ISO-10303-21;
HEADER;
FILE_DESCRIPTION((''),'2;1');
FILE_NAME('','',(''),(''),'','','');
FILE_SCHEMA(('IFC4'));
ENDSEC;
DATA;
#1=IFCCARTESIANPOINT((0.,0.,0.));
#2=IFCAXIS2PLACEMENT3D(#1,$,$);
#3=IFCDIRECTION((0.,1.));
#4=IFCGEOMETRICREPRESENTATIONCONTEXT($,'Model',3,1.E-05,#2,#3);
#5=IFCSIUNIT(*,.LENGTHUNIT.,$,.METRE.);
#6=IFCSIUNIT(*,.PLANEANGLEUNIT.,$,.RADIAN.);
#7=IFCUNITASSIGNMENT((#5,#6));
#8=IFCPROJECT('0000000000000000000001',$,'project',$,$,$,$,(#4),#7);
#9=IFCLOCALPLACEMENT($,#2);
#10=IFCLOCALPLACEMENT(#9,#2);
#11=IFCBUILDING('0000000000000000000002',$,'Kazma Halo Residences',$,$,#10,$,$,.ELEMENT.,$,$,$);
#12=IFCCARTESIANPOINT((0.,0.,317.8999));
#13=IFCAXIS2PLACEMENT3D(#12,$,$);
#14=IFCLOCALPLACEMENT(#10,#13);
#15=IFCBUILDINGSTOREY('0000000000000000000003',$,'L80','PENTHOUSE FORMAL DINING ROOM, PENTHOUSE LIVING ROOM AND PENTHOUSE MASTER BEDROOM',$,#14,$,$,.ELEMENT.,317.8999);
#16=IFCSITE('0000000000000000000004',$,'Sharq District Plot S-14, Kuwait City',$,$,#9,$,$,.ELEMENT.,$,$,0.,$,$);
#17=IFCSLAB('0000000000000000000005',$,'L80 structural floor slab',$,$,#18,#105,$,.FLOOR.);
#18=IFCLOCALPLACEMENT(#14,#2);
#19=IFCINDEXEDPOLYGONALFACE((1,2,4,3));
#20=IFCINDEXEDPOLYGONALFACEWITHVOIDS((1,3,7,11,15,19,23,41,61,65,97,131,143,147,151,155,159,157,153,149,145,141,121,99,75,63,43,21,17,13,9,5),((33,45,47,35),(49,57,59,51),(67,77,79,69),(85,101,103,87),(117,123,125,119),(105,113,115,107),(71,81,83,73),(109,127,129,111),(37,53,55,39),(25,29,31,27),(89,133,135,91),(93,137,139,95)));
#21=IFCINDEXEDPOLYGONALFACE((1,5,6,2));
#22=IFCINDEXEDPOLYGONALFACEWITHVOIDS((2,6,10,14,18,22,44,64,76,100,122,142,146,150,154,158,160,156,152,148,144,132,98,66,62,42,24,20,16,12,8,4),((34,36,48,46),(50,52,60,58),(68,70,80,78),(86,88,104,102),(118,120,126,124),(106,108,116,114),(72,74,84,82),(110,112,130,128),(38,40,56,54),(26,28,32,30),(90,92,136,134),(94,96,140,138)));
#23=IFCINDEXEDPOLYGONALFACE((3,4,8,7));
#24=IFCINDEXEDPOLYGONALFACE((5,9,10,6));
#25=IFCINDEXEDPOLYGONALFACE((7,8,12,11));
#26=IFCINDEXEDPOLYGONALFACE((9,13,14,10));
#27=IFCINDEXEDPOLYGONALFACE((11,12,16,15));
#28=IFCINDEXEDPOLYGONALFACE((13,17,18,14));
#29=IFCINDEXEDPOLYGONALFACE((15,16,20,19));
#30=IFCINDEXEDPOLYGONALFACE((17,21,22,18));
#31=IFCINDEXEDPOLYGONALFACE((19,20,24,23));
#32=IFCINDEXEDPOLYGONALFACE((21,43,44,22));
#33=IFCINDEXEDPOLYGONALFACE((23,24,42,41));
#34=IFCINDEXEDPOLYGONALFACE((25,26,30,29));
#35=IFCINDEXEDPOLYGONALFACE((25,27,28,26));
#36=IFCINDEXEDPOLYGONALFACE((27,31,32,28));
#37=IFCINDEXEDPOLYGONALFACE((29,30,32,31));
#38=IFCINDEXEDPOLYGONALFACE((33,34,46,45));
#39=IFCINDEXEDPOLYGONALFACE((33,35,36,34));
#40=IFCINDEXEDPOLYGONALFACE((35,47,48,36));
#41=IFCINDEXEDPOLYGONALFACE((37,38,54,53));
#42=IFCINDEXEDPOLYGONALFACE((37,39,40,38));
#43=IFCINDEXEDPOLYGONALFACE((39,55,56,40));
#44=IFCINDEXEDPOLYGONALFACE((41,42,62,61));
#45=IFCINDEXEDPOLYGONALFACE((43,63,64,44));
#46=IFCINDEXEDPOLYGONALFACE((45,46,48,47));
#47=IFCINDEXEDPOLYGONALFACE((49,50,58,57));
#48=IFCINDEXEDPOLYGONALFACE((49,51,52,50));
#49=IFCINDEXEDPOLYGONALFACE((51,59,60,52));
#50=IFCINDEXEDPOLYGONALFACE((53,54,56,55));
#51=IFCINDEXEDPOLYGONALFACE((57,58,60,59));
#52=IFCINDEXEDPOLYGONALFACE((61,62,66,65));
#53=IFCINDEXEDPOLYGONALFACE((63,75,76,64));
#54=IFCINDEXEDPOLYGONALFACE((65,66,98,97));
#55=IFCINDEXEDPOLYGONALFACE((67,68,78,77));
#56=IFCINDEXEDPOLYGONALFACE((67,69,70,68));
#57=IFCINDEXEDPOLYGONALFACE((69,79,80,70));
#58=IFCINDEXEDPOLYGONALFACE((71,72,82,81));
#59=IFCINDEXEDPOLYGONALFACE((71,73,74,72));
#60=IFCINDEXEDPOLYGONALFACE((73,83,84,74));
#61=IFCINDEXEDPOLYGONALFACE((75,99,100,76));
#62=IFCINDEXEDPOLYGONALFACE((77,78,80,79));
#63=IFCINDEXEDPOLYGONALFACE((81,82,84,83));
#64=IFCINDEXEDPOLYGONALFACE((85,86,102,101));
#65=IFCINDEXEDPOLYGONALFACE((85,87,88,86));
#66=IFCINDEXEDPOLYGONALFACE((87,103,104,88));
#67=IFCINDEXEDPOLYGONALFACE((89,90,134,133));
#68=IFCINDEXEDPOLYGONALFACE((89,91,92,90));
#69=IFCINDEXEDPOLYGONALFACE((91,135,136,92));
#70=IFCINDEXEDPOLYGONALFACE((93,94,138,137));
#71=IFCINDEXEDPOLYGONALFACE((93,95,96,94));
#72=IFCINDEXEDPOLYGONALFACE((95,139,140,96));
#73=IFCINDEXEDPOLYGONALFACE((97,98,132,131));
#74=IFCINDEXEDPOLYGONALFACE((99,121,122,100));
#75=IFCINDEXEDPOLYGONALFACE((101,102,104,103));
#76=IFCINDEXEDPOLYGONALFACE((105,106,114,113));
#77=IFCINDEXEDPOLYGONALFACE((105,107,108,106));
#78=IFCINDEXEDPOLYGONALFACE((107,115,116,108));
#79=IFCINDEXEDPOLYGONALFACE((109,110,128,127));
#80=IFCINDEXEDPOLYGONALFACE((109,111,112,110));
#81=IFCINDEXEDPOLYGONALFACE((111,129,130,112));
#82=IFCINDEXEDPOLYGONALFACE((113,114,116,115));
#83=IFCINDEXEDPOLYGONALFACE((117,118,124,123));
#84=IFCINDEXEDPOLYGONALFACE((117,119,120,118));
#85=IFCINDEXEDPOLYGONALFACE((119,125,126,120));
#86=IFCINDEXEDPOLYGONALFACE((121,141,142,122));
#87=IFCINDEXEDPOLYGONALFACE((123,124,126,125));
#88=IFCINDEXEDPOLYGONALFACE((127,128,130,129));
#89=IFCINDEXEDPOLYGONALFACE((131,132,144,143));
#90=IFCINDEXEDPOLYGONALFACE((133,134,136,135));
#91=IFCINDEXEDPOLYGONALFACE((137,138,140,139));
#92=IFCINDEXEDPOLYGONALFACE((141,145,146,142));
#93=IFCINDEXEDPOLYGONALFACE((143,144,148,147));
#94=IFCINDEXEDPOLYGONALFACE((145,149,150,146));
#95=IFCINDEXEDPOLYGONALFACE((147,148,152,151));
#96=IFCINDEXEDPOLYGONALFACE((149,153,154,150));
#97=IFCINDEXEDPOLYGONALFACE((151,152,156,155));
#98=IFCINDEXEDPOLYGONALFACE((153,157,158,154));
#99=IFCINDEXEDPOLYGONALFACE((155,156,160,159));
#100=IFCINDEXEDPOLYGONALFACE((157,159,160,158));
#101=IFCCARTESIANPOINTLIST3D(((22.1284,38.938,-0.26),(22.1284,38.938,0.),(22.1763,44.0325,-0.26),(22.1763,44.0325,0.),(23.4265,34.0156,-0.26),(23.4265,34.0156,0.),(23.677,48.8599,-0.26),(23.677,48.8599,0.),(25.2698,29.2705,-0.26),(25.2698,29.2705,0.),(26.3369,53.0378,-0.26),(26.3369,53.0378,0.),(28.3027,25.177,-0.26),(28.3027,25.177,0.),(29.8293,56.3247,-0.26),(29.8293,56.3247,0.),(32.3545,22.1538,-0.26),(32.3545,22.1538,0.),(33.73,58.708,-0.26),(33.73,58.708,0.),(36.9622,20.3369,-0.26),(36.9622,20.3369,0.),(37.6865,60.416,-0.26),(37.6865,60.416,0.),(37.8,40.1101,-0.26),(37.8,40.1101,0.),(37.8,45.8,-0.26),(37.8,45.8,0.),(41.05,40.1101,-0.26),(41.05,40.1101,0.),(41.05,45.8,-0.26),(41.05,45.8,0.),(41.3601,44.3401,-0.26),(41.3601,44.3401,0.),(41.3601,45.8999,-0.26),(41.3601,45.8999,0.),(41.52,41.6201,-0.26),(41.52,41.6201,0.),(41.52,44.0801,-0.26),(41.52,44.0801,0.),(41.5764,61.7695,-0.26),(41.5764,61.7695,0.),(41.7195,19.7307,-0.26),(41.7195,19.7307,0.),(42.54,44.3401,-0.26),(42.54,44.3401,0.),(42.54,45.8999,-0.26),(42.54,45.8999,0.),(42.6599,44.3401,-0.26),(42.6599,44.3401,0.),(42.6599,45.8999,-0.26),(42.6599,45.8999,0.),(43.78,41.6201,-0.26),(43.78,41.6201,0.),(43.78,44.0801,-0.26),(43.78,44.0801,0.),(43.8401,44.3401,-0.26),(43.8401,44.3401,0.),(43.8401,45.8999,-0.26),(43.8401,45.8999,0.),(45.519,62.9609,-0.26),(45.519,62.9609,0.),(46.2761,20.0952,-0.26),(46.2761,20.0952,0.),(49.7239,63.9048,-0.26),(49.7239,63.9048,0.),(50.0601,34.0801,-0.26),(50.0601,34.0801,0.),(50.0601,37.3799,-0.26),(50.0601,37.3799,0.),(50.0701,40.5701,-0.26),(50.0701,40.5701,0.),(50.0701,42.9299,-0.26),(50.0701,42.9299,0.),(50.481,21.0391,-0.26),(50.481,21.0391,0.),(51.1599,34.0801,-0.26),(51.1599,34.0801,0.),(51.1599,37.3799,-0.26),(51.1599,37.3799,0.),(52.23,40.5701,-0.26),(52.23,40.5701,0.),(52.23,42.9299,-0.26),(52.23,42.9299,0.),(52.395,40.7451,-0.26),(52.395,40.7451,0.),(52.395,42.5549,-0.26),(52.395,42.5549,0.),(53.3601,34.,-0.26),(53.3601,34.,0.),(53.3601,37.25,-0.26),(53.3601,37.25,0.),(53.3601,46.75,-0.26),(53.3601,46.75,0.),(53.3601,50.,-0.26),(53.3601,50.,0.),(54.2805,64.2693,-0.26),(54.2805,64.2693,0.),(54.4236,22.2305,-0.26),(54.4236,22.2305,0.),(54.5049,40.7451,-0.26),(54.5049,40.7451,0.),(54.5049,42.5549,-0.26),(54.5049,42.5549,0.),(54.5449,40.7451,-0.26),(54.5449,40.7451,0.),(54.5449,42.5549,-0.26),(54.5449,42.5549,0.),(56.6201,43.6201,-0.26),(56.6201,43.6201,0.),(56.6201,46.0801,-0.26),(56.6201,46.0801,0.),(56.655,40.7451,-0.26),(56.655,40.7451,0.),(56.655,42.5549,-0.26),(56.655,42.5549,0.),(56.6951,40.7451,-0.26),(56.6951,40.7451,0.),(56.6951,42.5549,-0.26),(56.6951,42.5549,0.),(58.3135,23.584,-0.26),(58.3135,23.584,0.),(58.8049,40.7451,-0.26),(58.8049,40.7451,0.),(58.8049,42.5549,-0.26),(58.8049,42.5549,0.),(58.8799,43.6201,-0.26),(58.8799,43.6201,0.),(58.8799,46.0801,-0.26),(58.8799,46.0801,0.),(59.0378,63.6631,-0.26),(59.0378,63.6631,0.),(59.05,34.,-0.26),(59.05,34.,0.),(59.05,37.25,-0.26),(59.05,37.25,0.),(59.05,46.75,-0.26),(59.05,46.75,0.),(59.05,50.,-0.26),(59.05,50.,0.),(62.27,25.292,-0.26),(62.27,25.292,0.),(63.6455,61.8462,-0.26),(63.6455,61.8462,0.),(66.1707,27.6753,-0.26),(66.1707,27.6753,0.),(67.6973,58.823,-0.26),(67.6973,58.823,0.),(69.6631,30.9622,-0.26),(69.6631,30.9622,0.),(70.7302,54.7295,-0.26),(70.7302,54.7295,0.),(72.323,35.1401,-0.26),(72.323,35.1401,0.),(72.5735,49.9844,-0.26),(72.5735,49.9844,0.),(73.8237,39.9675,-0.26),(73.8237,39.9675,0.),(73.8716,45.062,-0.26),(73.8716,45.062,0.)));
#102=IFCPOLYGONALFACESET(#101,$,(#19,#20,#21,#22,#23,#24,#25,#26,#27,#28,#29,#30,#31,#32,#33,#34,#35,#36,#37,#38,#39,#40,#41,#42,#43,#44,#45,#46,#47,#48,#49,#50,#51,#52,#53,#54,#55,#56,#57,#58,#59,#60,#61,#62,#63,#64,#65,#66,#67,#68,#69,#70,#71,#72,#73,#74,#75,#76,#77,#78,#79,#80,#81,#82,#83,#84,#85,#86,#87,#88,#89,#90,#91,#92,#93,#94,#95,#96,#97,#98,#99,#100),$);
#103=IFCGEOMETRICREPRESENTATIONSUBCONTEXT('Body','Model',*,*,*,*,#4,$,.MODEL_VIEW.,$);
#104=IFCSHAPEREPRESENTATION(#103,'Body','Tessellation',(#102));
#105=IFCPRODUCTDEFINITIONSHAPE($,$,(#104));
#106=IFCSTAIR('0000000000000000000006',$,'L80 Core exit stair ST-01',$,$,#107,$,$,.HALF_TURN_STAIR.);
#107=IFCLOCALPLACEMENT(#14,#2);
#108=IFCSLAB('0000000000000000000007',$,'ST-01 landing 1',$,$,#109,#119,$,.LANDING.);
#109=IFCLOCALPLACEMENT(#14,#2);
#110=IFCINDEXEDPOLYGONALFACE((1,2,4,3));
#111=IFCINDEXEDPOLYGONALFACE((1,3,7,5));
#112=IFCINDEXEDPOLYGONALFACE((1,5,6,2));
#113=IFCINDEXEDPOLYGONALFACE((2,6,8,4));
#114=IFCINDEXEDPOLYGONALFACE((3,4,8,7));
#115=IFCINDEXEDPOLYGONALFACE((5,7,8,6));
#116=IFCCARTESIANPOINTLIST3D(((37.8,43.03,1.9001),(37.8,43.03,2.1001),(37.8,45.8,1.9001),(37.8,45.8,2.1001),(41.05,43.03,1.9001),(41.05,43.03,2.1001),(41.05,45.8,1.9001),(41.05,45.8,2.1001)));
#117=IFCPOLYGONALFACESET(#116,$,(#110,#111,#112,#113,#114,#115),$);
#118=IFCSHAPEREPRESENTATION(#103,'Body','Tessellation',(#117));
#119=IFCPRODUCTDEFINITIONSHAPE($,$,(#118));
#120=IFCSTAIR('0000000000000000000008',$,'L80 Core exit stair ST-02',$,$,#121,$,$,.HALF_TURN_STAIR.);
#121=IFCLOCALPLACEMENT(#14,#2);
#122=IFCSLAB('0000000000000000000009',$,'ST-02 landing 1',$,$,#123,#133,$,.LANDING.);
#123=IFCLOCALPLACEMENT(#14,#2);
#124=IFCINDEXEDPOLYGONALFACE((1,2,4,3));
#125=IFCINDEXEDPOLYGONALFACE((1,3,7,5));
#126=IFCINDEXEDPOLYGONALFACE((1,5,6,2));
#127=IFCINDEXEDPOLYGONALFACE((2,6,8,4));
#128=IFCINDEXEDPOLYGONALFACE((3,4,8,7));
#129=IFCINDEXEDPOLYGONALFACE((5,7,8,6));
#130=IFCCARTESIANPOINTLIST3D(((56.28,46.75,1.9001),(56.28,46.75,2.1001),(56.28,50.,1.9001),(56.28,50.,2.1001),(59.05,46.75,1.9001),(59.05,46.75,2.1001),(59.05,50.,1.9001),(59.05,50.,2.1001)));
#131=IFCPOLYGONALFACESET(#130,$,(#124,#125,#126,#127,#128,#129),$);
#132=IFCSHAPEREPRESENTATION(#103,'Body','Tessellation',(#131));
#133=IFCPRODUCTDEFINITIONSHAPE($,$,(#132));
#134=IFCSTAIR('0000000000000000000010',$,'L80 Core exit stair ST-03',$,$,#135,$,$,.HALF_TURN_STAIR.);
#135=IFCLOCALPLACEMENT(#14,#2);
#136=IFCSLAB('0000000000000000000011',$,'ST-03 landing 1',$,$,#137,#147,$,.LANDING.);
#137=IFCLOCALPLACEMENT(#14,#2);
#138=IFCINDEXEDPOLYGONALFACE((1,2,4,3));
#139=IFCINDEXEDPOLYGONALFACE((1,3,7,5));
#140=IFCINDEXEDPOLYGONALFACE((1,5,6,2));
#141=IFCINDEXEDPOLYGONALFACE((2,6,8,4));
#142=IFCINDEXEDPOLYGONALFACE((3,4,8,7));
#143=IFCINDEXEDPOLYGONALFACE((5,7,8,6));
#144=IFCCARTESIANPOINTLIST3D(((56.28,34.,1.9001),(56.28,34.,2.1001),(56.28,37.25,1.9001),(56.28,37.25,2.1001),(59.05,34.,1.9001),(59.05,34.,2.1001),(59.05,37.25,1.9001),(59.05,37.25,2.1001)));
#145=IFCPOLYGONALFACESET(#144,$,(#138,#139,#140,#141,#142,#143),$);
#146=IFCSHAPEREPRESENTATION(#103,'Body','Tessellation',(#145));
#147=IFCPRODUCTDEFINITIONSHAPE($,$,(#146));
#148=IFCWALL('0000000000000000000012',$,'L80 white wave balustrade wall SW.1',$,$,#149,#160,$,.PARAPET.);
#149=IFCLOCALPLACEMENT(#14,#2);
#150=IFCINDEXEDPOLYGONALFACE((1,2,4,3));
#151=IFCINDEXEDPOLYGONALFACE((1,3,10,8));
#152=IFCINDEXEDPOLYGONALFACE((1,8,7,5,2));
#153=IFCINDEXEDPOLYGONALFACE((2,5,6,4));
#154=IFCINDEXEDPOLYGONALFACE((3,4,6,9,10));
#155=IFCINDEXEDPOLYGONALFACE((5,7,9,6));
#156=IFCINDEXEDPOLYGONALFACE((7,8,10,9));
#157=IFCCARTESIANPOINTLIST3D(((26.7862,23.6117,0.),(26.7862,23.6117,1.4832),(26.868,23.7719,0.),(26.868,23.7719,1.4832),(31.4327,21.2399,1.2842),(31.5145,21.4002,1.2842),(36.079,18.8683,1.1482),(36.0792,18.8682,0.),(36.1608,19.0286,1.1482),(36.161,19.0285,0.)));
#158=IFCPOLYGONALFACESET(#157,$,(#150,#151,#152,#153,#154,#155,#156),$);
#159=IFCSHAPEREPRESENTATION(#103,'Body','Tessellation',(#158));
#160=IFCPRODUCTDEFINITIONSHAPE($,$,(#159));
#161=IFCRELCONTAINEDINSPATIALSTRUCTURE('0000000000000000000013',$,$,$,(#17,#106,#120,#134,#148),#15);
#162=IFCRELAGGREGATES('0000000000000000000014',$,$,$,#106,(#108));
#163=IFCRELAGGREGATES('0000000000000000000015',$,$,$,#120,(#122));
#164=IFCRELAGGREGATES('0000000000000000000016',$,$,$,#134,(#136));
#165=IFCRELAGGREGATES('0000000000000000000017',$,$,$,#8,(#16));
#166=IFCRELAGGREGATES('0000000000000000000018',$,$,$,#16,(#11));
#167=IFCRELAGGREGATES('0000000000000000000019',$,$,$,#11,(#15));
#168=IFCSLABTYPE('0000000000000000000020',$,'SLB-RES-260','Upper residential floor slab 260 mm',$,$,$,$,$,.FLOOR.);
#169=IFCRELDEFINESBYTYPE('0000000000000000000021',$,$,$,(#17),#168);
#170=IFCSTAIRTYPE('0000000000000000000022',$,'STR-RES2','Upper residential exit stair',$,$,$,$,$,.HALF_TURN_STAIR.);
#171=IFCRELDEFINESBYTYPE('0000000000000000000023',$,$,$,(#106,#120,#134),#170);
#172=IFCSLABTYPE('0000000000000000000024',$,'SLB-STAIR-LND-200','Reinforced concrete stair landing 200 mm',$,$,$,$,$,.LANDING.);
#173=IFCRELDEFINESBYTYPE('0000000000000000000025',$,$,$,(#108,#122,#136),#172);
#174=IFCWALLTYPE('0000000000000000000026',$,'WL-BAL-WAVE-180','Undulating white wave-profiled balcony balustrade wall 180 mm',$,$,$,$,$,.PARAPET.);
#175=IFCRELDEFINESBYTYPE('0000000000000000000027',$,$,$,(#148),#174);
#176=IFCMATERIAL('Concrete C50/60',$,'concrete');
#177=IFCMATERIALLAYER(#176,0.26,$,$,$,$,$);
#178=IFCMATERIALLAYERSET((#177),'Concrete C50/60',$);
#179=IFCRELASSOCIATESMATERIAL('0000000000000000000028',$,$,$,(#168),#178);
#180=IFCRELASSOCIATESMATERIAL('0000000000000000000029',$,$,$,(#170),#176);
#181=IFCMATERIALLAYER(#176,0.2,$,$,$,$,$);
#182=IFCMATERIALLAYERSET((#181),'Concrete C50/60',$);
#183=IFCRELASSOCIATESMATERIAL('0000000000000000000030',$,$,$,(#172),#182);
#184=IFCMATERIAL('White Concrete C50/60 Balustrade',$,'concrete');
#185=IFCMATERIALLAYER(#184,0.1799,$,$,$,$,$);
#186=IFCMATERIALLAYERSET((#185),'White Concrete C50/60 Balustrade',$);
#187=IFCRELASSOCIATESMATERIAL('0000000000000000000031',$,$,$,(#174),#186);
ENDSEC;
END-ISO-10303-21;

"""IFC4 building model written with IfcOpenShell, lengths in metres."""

from ifc_helpers import new_model, si_unit, direction, frame, origin, place, context, subcontext, project, spatial, polyline, outline, extrude, material, layer, layer_set, type_object, element, aggregate, save


model = new_model("IFC4")

# Units and contexts
model_context = context("Model", 3, precision=1e-05, world=origin(), true_north=direction((0.0, 1.0)))
body_context = subcontext(model_context, "Body", "Model", "MODEL_VIEW")
ifc_project = project(units=[si_unit("LENGTHUNIT", "METRE"), si_unit("PLANEANGLEUNIT", "RADIAN")], contexts=[model_context])

# Site, building, storey
site_placement = place(None, origin())
site = spatial("IfcSite", under=ifc_project, at=site_placement, Name="Sharq District Plot S-14, Kuwait City", CompositionType="ELEMENT", RefElevation=0.0)
building_placement = place(site_placement, origin())
building = spatial("IfcBuilding", under=site, at=building_placement, Name="Kazma Halo Residences", CompositionType="ELEMENT")
storey_placement = place(building_placement, frame((0.0, 0.0, 317.8999)))
storey = spatial("IfcBuildingStorey", under=building, at=storey_placement, Name="L80", Description="PENTHOUSE FORMAL DINING ROOM, PENTHOUSE LIVING ROOM AND PENTHOUSE MASTER BEDROOM", CompositionType="ELEMENT", Elevation=317.8999)

# Slab
ifc_material_1 = material(Name="Concrete C50/60", Category="concrete")
ifc_layer_1 = layer(ifc_material_1, 0.26)
ifc_layer_set_1 = layer_set([ifc_layer_1], Name="Concrete C50/60")
slab_type_1 = type_object("IfcSlabType", Name="SLB-RES-260", Description="Upper residential floor slab 260 mm", PredefinedType="FLOOR", material=ifc_layer_set_1)
slab_1_placement = place(storey_placement, frame((0.0, 0.0, -0.26)))
element("IfcSlab", 1, at=slab_1_placement, inside=storey, type_object=slab_type_1, Name="L80 structural floor slab", PredefinedType="FLOOR", context=body_context, shape_type="SweptSolid", body=[
    extrude(outline(polyline([(72.5735, 49.9844), (70.7302, 54.7295), (67.6973, 58.823), (63.6455, 61.8462), (59.0378, 63.6631), (54.2805, 64.2693), (49.7239, 63.9048), (45.519, 62.9609), (41.5764, 61.7695), (37.6865, 60.416), (33.73, 58.708), (29.8293, 56.3247), (26.3369, 53.0378), (23.677, 48.8599), (22.1763, 44.0325), (22.1284, 38.938), (23.4265, 34.0156), (25.2698, 29.2705), (28.3027, 25.177), (32.3545, 22.1538), (36.9622, 20.3369), (41.7195, 19.7307), (46.2761, 20.0952), (50.481, 21.0391), (54.4236, 22.2305), (58.3135, 23.584), (62.27, 25.292), (66.1707, 27.6753), (69.6631, 30.9622), (72.323, 35.1401), (73.8237, 39.9675), (73.8716, 45.062), (72.5735, 49.9844)]), holes=[polyline([(37.8, 40.1101), (41.05, 40.1101), (41.05, 45.8), (37.8, 45.8), (37.8, 40.1101)]), polyline([(53.3601, 46.75), (59.05, 46.75), (59.05, 50.0), (53.3601, 50.0), (53.3601, 46.75)]), polyline([(53.3601, 34.0), (59.05, 34.0), (59.05, 37.25), (53.3601, 37.25), (53.3601, 34.0)]), polyline([(41.52, 41.6201), (43.78, 41.6201), (43.78, 44.0801), (41.52, 44.0801), (41.52, 41.6201)]), polyline([(56.6201, 43.6201), (58.8799, 43.6201), (58.8799, 46.0801), (56.6201, 46.0801), (56.6201, 43.6201)]), polyline([(52.395, 40.7451), (54.5049, 40.7451), (54.5049, 42.5549), (52.395, 42.5549), (52.395, 40.7451)]), polyline([(54.5449, 40.7451), (56.655, 40.7451), (56.655, 42.5549), (54.5449, 42.5549), (54.5449, 40.7451)]), polyline([(56.6951, 40.7451), (58.8049, 40.7451), (58.8049, 42.5549), (56.6951, 42.5549), (56.6951, 40.7451)]), polyline([(50.0701, 40.5701), (52.23, 40.5701), (52.23, 42.9299), (50.0701, 42.9299), (50.0701, 40.5701)]), polyline([(41.3601, 44.3401), (42.54, 44.3401), (42.54, 45.8999), (41.3601, 45.8999), (41.3601, 44.3401)]), polyline([(42.6599, 44.3401), (43.8401, 44.3401), (43.8401, 45.8999), (42.6599, 45.8999), (42.6599, 44.3401)]), polyline([(50.0601, 34.0801), (51.1599, 34.0801), (51.1599, 37.3799), (50.0601, 37.3799), (50.0601, 34.0801)])]), origin(), (0.0, 0.0, 1.0), 0.26),
])

# Stairs, slabs
stair_type = type_object("IfcStairType", Name="STR-RES2", Description="Upper residential exit stair", PredefinedType="HALF_TURN_STAIR", material=ifc_material_1)
stair_1_placement = place(storey_placement, origin())
stair_1 = element("IfcStair", 2, at=stair_1_placement, inside=storey, type_object=stair_type, Name="L80 Core exit stair ST-01", PredefinedType="HALF_TURN_STAIR")
ifc_layer_2 = layer(ifc_material_1, 0.2)
ifc_layer_set_2 = layer_set([ifc_layer_2], Name="Concrete C50/60")
slab_type_2 = type_object("IfcSlabType", Name="SLB-STAIR-LND-200", Description="Reinforced concrete stair landing 200 mm", PredefinedType="LANDING", material=ifc_layer_set_2)
slab_2_placement = place(storey_placement, frame((0.0, 0.0, 1.9001)))
slab_2 = element("IfcSlab", 3, at=slab_2_placement, type_object=slab_type_2, Name="ST-01 landing 1", PredefinedType="LANDING", context=body_context, shape_type="SweptSolid", body=[
    extrude(outline(polyline([(41.05, 43.03), (41.05, 45.8), (37.8, 45.8), (37.8, 43.03), (41.05, 43.03)])), origin(), (0.0, 0.0, 1.0), 0.2),
])
aggregate(stair_1, [slab_2])
stair_2_placement = place(storey_placement, origin())
stair_2 = element("IfcStair", 4, at=stair_2_placement, inside=storey, type_object=stair_type, Name="L80 Core exit stair ST-02", PredefinedType="HALF_TURN_STAIR")
slab_3_placement = place(storey_placement, frame((0.0, 0.0, 1.9001)))
slab_3 = element("IfcSlab", 5, at=slab_3_placement, type_object=slab_type_2, Name="ST-02 landing 1", PredefinedType="LANDING", context=body_context, shape_type="SweptSolid", body=[
    extrude(outline(polyline([(56.28, 46.75), (59.05, 46.75), (59.05, 50.0), (56.28, 50.0), (56.28, 46.75)])), origin(), (0.0, 0.0, 1.0), 0.2),
])
aggregate(stair_2, [slab_3])
stair_3_placement = place(storey_placement, origin())
stair_3 = element("IfcStair", 6, at=stair_3_placement, inside=storey, type_object=stair_type, Name="L80 Core exit stair ST-03", PredefinedType="HALF_TURN_STAIR")
slab_4_placement = place(storey_placement, frame((0.0, 0.0, 1.9001)))
slab_4 = element("IfcSlab", 7, at=slab_4_placement, type_object=slab_type_2, Name="ST-03 landing 1", PredefinedType="LANDING", context=body_context, shape_type="SweptSolid", body=[
    extrude(outline(polyline([(56.28, 34.0), (59.05, 34.0), (59.05, 37.25), (56.28, 37.25), (56.28, 34.0)])), origin(), (0.0, 0.0, 1.0), 0.2),
])
aggregate(stair_3, [slab_4])

# Wall
ifc_material_2 = material(Name="White Concrete C50/60 Balustrade", Category="concrete")
ifc_layer_3 = layer(ifc_material_2, 0.1799)
ifc_layer_set_3 = layer_set([ifc_layer_3], Name="White Concrete C50/60 Balustrade")
wall_type_1 = type_object("IfcWallType", Name="WL-BAL-WAVE-180", Description="Undulating white wave-profiled balcony balustrade wall 180 mm", PredefinedType="PARAPET", material=ifc_layer_set_3)
wall_1_placement = place(storey_placement, frame((26.8271, 23.6919, 0.0), z_axis=(0.0, 0.0, 1.0), x_axis=(0.89068, -0.45463, 0.0)))
element("IfcWall", 8, at=wall_1_placement, inside=storey, type_object=wall_type_1, Name="L80 white wave balustrade wall SW.1", PredefinedType="PARAPET", context=body_context, shape_type="SweptSolid", body=[
    extrude(outline(polyline([(0.0, 0.0), (10.4336, 0.0), (10.4333, 1.1482), (5.2168, 1.2842), (0.0, 1.4832), (0.0, 0.0)])), frame((0.0, 0.0898, 0.0), z_axis=(0.0, -1.0, 0.0), x_axis=(1.0, 0.0, 0.0)), (0.0, 0.0, 1.0), 0.1799),
])

save(model, "model.ifc")
